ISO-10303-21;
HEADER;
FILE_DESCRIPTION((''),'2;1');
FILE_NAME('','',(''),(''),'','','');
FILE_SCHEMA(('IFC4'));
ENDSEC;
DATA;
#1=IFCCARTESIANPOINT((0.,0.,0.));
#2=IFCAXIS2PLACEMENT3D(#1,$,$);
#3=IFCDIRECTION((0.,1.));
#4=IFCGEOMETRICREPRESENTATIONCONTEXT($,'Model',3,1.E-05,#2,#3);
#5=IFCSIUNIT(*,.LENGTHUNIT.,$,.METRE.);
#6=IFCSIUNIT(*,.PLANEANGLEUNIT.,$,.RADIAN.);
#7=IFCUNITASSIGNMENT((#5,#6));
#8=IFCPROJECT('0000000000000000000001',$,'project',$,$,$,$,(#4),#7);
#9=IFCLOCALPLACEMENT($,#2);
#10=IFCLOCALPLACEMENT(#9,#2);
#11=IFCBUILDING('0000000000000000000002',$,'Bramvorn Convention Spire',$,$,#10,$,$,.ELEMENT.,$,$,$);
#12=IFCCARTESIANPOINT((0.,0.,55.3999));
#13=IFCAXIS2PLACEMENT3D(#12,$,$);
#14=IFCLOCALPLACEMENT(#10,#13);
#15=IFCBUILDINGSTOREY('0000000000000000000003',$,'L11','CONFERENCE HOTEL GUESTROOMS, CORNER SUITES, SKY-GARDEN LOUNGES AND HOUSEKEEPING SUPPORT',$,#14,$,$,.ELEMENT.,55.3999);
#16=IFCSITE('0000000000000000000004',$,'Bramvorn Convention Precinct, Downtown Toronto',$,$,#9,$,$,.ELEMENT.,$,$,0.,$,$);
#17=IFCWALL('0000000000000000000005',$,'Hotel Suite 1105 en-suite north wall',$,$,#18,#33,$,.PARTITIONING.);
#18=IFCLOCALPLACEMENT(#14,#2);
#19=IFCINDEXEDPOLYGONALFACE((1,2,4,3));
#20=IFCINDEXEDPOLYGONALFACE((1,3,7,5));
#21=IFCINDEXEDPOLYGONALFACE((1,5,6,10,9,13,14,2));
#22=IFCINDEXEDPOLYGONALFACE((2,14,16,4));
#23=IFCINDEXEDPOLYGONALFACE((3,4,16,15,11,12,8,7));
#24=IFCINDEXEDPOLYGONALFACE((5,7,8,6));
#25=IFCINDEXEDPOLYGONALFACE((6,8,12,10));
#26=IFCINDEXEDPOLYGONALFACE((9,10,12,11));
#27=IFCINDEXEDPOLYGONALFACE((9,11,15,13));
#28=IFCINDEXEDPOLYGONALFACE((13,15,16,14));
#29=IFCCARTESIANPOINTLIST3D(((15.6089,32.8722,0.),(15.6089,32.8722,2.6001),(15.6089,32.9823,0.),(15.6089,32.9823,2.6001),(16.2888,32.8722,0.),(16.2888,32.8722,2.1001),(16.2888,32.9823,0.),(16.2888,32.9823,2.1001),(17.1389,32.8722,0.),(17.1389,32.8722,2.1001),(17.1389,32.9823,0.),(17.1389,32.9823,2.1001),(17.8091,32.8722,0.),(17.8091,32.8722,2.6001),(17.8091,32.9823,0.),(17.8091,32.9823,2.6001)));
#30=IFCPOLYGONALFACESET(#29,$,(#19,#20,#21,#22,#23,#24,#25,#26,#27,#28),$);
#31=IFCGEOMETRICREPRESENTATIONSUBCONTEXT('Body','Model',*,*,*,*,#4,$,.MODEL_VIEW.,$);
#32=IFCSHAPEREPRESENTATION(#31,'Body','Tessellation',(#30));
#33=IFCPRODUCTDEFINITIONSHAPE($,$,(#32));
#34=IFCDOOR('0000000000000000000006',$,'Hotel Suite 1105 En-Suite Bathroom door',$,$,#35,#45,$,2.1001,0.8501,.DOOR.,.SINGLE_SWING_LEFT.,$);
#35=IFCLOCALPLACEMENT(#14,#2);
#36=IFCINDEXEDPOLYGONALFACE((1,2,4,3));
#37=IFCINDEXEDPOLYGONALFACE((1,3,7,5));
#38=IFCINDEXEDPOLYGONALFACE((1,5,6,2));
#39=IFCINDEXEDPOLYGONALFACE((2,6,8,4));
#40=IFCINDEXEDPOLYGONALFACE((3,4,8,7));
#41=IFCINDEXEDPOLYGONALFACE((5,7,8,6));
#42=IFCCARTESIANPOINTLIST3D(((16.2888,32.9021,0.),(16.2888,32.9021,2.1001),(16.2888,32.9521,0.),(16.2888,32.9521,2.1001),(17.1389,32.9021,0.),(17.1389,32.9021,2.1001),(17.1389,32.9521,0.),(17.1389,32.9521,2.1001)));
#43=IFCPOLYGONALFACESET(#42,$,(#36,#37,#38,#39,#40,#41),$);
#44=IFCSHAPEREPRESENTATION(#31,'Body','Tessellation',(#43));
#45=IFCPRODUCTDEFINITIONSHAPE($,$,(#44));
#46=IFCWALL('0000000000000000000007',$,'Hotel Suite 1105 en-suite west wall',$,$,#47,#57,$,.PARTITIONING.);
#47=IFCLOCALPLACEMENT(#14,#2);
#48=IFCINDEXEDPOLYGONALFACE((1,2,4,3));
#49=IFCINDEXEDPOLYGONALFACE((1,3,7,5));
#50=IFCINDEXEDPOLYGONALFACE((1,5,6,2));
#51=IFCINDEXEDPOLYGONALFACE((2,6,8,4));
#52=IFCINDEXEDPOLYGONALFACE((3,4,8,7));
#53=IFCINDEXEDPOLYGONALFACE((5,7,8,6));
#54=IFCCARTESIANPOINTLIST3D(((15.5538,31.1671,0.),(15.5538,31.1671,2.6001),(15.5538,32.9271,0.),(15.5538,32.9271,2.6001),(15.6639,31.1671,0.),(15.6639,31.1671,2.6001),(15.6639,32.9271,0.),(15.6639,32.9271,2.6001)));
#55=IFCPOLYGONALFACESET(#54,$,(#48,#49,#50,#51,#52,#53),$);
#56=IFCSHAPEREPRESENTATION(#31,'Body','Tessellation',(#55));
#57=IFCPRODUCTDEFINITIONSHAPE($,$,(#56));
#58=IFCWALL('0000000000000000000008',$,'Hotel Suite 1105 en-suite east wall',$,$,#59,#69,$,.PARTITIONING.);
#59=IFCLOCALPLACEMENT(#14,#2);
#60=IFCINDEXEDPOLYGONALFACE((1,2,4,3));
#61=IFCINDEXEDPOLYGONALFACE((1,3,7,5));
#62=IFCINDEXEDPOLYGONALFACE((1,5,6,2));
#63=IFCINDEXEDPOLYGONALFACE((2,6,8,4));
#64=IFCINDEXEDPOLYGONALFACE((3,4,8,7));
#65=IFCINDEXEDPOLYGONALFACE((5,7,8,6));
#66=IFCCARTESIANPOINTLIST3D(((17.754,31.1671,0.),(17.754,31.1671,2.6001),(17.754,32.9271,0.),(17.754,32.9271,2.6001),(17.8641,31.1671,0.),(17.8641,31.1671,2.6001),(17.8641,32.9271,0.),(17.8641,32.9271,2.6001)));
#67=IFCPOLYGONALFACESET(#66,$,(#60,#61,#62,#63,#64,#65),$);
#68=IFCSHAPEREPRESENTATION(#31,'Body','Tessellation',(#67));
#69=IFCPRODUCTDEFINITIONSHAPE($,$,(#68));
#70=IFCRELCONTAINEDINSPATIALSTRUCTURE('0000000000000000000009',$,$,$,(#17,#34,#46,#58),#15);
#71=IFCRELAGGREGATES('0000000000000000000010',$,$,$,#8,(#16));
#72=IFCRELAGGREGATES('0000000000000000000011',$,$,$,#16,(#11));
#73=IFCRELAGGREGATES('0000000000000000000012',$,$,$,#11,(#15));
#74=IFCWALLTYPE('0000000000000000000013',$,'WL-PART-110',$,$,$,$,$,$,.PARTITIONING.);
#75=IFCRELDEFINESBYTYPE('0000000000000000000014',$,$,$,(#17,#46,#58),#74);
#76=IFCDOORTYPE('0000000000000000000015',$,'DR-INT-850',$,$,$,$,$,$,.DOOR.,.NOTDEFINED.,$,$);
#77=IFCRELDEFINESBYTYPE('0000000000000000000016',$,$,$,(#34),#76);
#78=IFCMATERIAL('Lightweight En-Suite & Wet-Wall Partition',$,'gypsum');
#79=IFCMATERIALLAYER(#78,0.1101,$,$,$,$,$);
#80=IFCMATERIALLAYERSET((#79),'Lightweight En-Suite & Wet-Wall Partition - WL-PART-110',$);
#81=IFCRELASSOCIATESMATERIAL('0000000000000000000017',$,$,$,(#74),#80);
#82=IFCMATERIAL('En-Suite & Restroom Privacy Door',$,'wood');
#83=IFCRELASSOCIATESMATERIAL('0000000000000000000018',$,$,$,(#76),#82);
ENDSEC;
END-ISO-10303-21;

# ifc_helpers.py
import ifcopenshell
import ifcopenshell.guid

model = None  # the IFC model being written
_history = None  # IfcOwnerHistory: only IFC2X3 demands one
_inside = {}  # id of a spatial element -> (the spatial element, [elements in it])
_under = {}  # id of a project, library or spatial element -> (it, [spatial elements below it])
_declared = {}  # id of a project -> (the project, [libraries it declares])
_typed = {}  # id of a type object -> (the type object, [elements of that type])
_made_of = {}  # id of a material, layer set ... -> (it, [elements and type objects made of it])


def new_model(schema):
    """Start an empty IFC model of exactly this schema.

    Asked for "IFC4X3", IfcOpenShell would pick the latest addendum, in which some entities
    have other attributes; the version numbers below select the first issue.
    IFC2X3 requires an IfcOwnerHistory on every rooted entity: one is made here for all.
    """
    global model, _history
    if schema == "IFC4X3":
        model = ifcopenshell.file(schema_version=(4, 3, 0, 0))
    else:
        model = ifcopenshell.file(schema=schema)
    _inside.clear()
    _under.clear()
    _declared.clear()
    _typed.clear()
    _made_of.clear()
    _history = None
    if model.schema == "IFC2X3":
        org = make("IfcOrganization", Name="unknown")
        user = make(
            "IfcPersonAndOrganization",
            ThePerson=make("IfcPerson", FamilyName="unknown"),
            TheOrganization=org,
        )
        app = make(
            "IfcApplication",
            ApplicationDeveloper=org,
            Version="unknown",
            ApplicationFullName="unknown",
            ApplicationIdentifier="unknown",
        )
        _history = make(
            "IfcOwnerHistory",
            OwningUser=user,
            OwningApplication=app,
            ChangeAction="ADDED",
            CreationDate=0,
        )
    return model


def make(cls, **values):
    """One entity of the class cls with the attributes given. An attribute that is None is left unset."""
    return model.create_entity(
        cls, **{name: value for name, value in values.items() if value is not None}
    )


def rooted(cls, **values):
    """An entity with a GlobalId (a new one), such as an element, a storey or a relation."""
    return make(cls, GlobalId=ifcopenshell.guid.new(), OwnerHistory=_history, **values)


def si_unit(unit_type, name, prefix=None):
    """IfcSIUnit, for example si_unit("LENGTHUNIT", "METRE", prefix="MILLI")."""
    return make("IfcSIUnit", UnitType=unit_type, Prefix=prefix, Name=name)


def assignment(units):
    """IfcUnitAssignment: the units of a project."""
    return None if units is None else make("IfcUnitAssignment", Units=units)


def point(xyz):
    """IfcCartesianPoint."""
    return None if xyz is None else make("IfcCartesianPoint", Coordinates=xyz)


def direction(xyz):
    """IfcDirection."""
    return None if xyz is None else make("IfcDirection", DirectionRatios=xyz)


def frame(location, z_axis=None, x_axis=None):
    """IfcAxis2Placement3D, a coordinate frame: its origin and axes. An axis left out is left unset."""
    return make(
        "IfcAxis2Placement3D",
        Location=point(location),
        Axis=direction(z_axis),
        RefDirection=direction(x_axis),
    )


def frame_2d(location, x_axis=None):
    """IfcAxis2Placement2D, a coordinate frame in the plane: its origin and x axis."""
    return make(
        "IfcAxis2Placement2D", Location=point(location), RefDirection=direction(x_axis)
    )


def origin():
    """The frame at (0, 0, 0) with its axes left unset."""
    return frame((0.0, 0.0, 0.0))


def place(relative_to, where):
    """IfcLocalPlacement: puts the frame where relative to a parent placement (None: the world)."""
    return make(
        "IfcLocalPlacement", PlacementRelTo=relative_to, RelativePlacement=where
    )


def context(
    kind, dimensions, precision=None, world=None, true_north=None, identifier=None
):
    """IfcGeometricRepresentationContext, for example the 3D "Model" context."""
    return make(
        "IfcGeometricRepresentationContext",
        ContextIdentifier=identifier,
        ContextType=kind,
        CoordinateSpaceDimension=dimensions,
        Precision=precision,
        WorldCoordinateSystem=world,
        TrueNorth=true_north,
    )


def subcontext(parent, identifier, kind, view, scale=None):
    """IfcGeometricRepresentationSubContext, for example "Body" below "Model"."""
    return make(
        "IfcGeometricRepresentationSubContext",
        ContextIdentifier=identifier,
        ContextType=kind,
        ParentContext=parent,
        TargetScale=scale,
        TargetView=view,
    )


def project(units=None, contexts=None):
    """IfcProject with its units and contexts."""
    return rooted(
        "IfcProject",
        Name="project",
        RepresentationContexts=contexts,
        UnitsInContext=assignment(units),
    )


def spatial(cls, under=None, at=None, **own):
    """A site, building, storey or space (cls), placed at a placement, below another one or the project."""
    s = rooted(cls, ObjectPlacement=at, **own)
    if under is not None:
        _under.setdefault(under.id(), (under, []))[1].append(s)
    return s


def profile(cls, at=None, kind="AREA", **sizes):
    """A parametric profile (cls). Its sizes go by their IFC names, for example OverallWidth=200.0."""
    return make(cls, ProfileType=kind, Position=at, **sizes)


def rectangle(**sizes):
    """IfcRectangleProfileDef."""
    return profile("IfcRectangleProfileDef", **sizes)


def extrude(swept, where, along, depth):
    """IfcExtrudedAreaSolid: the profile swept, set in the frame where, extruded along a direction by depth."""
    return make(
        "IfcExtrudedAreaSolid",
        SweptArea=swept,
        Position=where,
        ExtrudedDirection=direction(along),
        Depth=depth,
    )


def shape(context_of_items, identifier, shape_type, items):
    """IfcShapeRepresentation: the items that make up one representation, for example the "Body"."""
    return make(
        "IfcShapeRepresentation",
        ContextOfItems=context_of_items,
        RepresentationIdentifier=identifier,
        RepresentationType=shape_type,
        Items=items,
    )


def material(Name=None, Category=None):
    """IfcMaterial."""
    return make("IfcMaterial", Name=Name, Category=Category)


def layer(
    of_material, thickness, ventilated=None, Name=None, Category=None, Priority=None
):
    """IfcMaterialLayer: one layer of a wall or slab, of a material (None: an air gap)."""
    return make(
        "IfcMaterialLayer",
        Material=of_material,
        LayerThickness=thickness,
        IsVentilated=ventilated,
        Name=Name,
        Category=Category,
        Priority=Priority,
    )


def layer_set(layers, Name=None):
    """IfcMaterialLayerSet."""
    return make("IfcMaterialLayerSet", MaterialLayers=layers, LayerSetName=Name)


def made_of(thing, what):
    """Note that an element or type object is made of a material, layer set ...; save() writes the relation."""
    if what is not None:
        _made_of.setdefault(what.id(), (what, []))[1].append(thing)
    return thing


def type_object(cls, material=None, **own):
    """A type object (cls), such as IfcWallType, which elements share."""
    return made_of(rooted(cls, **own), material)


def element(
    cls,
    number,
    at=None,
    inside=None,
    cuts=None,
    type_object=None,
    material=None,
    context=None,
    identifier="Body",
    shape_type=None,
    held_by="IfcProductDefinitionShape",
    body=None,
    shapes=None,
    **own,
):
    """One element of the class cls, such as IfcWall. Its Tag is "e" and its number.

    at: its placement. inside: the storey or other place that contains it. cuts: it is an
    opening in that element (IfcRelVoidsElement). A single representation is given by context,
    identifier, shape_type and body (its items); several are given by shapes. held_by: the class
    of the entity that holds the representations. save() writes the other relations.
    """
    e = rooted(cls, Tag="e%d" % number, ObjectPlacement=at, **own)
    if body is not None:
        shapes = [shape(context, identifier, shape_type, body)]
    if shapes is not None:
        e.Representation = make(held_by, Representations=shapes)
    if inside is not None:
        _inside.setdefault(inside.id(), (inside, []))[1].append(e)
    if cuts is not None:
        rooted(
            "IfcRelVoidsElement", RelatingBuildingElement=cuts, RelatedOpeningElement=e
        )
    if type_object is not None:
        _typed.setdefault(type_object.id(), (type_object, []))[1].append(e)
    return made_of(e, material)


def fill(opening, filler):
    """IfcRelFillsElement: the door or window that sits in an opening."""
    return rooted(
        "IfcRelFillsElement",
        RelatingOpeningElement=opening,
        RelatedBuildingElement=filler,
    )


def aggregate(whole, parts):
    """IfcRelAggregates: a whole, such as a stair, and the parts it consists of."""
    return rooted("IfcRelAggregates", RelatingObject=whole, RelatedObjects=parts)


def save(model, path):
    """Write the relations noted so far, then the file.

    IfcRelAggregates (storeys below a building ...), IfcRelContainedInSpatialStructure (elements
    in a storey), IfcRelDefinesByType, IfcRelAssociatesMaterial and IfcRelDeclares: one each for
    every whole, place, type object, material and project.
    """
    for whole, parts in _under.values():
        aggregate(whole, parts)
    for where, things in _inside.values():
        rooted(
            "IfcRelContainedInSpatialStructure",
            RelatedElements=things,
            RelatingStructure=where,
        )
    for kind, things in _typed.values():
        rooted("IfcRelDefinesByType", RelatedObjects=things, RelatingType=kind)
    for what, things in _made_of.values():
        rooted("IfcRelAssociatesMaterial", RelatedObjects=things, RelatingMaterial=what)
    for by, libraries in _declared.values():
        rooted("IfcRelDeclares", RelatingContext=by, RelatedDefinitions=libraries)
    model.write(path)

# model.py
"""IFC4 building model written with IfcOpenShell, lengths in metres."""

from ifc_helpers import new_model, si_unit, direction, frame, frame_2d, origin, place, context, subcontext, project, spatial, rectangle, extrude, material, layer, layer_set, type_object, element, fill, save


model = new_model("IFC4")

# Units and contexts
model_context = context("Model", 3, precision=1e-05, world=origin(), true_north=direction((0.0, 1.0)))
body_context = subcontext(model_context, "Body", "Model", "MODEL_VIEW")
ifc_project = project(units=[si_unit("LENGTHUNIT", "METRE"), si_unit("PLANEANGLEUNIT", "RADIAN")], contexts=[model_context])

# Site, building, storey
site_placement = place(None, origin())
site = spatial("IfcSite", under=ifc_project, at=site_placement, Name="Bramvorn Convention Precinct, Downtown Toronto", CompositionType="ELEMENT", RefElevation=0.0)
building_placement = place(site_placement, origin())
building = spatial("IfcBuilding", under=site, at=building_placement, Name="Bramvorn Convention Spire", CompositionType="ELEMENT")
storey_placement = place(building_placement, frame((0.0, 0.0, 55.3999)))
storey = spatial("IfcBuildingStorey", under=building, at=storey_placement, Name="L11", Description="CONFERENCE HOTEL GUESTROOMS, CORNER SUITES, SKY-GARDEN LOUNGES AND HOUSEKEEPING SUPPORT", CompositionType="ELEMENT", Elevation=55.3999)

# Shared definitions
ifc_material_1 = material(Name="Lightweight En-Suite & Wet-Wall Partition", Category="gypsum")
ifc_layer_1 = layer(ifc_material_1, 0.1101)
ifc_layer_set_1 = layer_set([ifc_layer_1], Name="Lightweight En-Suite & Wet-Wall Partition - WL-PART-110")
wall_type_1 = type_object("IfcWallType", Name="WL-PART-110", PredefinedType="PARTITIONING", material=ifc_layer_set_1)

# Wall, opening, door
wall_1_placement = place(storey_placement, frame((15.6089, 32.9272, 0.0), z_axis=(0.0, 0.0, 1.0), x_axis=(1.0, 0.0, 0.0)))
wall_1 = element("IfcWall", 1, at=wall_1_placement, inside=storey, type_object=wall_type_1, Name="Hotel Suite 1105 en-suite north wall", PredefinedType="PARTITIONING", context=body_context, shape_type="SweptSolid", body=[
    extrude(rectangle(XDim=2.2002, YDim=0.1101, at=frame_2d((1.1001, 0.0))), origin(), (0.0, 0.0, 1.0), 2.6001),
])
opening_placement = place(wall_1_placement, frame((0.6799, 0.0, 0.0)))
opening = element("IfcOpeningElement", 2, at=opening_placement, cuts=wall_1, PredefinedType="OPENING", context=body_context, shape_type="SweptSolid", body=[
    extrude(rectangle(XDim=0.8501, YDim=2.1001, at=frame_2d((0.425, 1.05))), frame((0.0, 0.0649, 0.0), z_axis=(0.0, -1.0, 0.0), x_axis=(1.0, 0.0, 0.0)), (0.0, 0.0, 1.0), 0.1301),
])
ifc_material_2 = material(Name="En-Suite & Restroom Privacy Door", Category="wood")
door_type = type_object("IfcDoorType", Name="DR-INT-850", OperationType="NOTDEFINED", PredefinedType="DOOR", material=ifc_material_2)
door_placement = place(opening_placement, origin())
door = element("IfcDoor", 3, at=door_placement, inside=storey, type_object=door_type, Name="Hotel Suite 1105 En-Suite Bathroom door", OperationType="SINGLE_SWING_LEFT", OverallHeight=2.1001, OverallWidth=0.8501, PredefinedType="DOOR", context=body_context, shape_type="SweptSolid", body=[
    extrude(rectangle(XDim=0.8501, YDim=2.1001, at=frame_2d((0.425, 1.05))), frame((0.0, 0.0249, 0.0), z_axis=(0.0, -1.0, 0.0), x_axis=(1.0, 0.0, 0.0)), (0.0, 0.0, 1.0), 0.05),
])
fill(opening, door)

# Walls
for number, where, z_axis, x_axis, name in (
    (4, (15.6089, 31.1672, 0.0), (0.0, 0.0, 1.0), (0.0, 1.0, 0.0), "Hotel Suite 1105 en-suite west wall"),
    (5, (17.8091, 31.1672, 0.0), (0.0, 0.0, 1.0), (0.0, 1.0, 0.0), "Hotel Suite 1105 en-suite east wall"),
):
    element("IfcWall", number, at=place(storey_placement, frame(where, z_axis=z_axis, x_axis=x_axis)), inside=storey, type_object=wall_type_1, Name=name, PredefinedType="PARTITIONING", context=body_context, shape_type="SweptSolid", body=[
        extrude(rectangle(XDim=1.76, YDim=0.1101, at=frame_2d((0.8799, 0.0))), origin(), (0.0, 0.0, 1.0), 2.6001),
    ])

save(model, "model.ifc")
